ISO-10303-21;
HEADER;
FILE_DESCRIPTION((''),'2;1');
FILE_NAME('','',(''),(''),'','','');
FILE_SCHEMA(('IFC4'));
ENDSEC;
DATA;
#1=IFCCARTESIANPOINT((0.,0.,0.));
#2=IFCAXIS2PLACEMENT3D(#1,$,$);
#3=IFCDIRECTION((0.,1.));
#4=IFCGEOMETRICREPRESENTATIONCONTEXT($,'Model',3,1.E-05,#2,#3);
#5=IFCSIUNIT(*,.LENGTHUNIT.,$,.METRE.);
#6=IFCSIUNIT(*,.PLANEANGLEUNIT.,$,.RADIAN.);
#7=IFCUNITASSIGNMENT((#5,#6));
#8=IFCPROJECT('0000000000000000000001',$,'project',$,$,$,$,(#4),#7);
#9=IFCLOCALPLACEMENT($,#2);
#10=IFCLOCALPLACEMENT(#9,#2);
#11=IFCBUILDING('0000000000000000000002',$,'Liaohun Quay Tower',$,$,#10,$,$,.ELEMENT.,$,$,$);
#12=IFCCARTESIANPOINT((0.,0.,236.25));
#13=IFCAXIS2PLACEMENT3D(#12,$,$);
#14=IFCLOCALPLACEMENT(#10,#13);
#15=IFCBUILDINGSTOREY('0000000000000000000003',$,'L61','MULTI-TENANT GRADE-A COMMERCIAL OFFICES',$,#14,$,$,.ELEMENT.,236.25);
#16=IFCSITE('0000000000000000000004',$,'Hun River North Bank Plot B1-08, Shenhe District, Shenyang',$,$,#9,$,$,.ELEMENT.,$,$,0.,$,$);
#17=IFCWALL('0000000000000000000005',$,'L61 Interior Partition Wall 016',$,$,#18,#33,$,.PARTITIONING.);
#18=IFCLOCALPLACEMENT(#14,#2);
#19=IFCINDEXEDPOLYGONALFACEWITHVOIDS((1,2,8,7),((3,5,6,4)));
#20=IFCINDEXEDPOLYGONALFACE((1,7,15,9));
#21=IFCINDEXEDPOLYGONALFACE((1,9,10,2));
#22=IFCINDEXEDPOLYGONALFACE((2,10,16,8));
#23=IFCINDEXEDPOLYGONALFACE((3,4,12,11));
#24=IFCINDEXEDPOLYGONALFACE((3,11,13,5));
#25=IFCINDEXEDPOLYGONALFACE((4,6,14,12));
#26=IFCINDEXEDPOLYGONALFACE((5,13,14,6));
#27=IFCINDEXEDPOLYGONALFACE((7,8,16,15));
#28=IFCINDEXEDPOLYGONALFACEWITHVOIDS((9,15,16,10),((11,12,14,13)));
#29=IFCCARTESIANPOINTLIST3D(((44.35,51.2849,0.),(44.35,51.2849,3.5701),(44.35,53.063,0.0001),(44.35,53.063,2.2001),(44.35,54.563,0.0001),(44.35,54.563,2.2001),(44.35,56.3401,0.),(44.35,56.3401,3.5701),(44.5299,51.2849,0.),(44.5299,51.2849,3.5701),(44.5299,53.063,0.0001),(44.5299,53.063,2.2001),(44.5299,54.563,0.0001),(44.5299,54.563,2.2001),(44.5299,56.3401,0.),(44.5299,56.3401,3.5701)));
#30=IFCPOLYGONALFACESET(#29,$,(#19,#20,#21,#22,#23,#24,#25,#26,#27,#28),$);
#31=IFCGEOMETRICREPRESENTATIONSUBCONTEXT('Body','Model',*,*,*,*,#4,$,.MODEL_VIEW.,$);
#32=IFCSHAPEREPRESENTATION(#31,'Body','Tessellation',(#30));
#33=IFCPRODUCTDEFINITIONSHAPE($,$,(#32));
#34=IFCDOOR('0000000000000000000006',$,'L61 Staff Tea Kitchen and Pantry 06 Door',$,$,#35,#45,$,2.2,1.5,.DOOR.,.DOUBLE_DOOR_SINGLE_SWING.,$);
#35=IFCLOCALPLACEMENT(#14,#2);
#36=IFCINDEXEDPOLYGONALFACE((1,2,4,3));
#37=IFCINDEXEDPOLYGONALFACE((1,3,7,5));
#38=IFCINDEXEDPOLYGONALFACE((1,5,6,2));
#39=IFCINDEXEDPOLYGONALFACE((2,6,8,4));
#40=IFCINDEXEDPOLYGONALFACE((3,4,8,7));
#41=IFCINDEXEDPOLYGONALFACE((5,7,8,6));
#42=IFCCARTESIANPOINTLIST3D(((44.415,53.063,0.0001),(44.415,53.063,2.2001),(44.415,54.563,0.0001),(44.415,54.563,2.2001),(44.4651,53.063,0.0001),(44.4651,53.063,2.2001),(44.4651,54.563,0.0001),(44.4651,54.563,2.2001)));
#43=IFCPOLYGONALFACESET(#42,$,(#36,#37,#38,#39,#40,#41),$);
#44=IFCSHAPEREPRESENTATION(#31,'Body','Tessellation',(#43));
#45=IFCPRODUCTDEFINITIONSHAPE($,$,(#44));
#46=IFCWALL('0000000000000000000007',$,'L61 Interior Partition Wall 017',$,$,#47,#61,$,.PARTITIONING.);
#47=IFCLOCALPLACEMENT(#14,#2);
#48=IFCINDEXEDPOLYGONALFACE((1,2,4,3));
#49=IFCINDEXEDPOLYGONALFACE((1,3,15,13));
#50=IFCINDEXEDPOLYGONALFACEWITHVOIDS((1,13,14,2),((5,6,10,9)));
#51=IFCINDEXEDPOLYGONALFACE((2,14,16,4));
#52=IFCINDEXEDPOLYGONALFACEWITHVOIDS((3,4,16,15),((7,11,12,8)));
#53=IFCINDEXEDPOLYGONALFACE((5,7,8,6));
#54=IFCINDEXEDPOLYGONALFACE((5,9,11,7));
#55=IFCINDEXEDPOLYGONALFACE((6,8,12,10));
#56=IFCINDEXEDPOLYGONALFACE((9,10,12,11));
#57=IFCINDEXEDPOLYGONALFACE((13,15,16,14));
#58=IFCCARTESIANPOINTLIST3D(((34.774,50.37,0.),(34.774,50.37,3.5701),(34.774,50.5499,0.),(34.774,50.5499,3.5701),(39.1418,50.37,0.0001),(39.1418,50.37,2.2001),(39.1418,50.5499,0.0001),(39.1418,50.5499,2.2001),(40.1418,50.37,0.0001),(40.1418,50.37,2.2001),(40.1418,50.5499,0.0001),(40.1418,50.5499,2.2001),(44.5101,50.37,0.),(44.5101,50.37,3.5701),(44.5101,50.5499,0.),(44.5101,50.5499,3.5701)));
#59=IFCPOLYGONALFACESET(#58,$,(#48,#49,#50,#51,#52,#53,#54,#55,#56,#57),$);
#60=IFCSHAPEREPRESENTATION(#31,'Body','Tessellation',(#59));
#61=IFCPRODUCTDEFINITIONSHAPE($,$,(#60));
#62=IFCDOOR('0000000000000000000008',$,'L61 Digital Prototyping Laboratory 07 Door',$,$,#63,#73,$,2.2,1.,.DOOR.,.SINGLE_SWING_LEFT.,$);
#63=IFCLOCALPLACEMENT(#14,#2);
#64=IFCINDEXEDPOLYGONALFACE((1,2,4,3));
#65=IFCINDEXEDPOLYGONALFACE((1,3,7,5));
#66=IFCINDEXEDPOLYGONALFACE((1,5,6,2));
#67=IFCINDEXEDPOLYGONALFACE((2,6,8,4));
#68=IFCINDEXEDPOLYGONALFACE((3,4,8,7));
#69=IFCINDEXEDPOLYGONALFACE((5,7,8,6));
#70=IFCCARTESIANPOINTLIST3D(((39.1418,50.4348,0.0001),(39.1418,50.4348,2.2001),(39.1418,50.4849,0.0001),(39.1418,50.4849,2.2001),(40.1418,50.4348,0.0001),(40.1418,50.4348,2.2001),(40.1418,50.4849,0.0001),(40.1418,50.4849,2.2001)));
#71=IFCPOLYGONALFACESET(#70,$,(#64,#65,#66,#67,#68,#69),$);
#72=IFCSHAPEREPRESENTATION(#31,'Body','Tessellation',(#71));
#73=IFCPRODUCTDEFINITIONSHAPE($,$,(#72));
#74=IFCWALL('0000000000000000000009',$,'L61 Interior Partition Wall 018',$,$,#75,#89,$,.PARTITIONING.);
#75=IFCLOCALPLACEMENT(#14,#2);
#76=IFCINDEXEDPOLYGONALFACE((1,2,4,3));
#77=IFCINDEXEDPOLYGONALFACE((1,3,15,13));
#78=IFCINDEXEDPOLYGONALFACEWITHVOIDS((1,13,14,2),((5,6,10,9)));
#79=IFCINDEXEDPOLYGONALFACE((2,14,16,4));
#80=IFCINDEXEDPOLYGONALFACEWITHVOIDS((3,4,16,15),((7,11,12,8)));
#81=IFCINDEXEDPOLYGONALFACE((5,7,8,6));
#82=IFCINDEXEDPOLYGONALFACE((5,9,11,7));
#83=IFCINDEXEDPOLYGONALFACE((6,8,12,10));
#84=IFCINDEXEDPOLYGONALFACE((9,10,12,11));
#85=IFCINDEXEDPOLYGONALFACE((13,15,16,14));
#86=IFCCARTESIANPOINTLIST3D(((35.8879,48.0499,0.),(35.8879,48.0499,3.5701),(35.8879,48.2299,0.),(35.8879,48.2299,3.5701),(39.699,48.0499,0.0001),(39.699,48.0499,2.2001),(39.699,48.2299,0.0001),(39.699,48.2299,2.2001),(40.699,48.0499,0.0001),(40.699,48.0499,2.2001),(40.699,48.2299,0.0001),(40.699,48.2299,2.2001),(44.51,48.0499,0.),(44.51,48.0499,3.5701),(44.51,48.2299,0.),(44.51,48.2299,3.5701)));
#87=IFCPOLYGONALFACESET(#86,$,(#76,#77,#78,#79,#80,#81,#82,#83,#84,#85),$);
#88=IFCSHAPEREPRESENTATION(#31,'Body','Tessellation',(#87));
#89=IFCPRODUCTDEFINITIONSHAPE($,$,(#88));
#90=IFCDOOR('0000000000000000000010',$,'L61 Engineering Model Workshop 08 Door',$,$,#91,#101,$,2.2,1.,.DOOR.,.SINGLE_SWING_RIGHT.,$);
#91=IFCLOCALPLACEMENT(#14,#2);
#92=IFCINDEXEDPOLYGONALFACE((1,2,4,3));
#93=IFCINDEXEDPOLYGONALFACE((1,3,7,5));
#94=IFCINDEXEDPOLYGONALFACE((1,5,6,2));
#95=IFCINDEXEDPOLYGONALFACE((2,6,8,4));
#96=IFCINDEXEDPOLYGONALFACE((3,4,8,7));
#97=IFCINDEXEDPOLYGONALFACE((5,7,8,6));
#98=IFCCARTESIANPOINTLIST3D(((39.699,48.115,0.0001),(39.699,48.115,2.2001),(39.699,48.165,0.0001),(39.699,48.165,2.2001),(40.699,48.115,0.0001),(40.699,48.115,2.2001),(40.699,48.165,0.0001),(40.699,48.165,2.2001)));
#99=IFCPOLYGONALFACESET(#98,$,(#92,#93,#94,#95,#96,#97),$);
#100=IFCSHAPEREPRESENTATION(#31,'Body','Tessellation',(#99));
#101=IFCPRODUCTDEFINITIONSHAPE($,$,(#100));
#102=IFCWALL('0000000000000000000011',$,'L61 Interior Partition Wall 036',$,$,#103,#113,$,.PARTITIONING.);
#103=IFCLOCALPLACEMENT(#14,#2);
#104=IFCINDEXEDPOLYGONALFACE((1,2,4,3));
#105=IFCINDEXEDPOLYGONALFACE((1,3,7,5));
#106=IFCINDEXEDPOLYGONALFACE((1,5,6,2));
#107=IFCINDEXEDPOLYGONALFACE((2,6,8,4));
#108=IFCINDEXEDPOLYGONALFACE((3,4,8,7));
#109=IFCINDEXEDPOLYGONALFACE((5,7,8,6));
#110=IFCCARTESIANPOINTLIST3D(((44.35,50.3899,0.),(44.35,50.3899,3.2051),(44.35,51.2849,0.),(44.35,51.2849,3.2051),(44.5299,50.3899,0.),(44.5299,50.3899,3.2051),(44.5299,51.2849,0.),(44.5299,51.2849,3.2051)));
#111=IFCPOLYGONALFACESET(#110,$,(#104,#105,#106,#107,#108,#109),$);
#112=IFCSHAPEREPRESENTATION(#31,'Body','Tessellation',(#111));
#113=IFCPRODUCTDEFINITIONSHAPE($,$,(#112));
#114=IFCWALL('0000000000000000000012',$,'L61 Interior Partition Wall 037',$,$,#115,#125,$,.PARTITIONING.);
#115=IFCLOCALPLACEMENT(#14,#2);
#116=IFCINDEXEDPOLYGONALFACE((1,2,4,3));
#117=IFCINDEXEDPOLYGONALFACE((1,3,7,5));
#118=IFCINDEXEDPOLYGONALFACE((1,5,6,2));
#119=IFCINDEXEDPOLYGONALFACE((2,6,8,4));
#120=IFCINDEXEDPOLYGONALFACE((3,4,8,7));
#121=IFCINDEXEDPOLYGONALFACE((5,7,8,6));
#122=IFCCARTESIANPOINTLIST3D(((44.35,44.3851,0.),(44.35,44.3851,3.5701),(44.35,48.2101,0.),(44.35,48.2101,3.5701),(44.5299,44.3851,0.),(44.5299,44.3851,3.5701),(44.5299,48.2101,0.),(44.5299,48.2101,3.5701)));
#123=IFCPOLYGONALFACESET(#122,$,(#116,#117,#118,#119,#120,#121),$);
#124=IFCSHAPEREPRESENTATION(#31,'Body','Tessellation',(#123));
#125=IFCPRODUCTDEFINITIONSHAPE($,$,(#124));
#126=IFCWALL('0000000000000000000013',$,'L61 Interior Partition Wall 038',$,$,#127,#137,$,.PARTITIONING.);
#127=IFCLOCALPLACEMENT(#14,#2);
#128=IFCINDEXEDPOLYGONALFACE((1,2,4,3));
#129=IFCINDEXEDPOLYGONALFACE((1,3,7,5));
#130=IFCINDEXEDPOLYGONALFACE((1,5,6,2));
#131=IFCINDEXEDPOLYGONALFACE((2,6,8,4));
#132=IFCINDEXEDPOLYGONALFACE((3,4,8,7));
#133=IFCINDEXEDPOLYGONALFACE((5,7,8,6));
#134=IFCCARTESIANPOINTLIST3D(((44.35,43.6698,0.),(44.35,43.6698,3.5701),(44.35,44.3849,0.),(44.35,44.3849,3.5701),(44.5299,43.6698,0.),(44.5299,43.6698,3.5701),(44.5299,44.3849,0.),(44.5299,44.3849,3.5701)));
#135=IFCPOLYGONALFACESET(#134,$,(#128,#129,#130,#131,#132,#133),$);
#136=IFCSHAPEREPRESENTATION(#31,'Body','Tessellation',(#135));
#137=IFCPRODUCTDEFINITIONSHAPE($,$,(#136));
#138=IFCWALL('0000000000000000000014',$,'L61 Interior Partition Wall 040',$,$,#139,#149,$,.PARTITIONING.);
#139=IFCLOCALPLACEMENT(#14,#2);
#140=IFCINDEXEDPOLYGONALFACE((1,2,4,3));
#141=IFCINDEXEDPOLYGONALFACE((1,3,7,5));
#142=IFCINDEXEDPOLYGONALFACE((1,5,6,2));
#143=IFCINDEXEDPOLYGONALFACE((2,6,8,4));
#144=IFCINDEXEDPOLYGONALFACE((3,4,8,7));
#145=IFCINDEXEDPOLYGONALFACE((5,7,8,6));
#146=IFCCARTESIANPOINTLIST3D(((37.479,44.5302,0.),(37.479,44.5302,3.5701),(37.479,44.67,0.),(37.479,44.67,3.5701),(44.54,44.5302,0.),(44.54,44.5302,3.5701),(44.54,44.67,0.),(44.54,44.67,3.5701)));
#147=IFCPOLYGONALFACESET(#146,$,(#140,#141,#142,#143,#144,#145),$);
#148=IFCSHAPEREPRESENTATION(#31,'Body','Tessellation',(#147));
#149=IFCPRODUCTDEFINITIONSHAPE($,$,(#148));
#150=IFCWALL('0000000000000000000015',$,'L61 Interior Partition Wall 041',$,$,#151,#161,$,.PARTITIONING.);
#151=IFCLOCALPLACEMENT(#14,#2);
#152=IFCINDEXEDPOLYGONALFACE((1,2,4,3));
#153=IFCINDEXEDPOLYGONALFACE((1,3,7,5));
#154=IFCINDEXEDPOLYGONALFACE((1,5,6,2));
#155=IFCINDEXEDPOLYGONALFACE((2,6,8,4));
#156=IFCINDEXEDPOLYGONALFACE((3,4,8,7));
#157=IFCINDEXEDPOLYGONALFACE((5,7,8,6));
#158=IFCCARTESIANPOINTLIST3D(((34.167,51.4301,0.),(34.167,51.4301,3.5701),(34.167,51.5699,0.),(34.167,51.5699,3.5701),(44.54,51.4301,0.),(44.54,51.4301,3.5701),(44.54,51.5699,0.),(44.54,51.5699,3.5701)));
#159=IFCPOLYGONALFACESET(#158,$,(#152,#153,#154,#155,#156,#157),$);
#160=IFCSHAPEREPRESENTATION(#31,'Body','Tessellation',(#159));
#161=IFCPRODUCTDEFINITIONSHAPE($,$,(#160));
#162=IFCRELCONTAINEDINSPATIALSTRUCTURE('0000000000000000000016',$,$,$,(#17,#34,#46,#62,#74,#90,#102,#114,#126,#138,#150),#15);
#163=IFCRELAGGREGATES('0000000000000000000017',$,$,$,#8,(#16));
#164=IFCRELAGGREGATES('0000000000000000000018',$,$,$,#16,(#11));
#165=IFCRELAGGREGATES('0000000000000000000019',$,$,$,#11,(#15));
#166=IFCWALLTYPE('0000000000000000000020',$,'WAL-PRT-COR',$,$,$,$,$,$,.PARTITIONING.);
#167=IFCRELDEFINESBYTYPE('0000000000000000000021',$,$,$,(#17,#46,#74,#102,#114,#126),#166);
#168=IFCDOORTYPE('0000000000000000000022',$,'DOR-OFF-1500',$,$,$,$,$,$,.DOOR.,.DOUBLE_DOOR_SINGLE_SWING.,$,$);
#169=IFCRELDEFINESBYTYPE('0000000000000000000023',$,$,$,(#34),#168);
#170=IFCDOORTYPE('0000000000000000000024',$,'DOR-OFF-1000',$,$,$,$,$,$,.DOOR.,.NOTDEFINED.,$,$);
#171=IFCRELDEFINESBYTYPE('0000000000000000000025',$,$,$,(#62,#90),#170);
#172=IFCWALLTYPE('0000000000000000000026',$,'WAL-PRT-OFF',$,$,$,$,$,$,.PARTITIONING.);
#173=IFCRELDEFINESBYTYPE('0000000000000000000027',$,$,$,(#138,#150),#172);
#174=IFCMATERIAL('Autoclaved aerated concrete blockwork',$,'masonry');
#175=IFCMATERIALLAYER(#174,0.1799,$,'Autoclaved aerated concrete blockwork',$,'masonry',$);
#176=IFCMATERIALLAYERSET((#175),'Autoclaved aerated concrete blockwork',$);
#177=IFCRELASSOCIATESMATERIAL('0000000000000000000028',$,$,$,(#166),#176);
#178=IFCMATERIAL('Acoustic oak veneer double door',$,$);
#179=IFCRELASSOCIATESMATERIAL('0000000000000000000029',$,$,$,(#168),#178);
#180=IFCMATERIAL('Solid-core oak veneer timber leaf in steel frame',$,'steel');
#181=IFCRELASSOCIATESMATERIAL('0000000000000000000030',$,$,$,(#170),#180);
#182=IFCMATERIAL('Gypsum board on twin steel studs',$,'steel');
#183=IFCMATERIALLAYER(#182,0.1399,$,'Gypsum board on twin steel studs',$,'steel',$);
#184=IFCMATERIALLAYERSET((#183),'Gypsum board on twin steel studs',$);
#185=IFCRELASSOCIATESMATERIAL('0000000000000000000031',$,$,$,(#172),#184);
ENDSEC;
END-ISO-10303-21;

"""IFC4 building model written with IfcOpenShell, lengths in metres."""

from ifc_helpers import new_model, si_unit, direction, frame, frame_2d, origin, place, context, subcontext, project, spatial, rectangle, extrude, source, transform, mapped, material, layer, layer_set, type_object, element, fill, save


model = new_model("IFC4")

# Units and contexts
model_context = context("Model", 3, precision=1e-05, world=origin(), true_north=direction((0.0, 1.0)))
body_context = subcontext(model_context, "Body", "Model", "MODEL_VIEW")
ifc_project = project(units=[si_unit("LENGTHUNIT", "METRE"), si_unit("PLANEANGLEUNIT", "RADIAN")], contexts=[model_context])

# Site, building, storey
site_placement = place(None, origin())
site = spatial("IfcSite", under=ifc_project, at=site_placement, Name="Hun River North Bank Plot B1-08, Shenhe District, Shenyang", CompositionType="ELEMENT", RefElevation=0.0)
building_placement = place(site_placement, origin())
building = spatial("IfcBuilding", under=site, at=building_placement, Name="Liaohun Quay Tower", CompositionType="ELEMENT")
storey_placement = place(building_placement, frame((0.0, 0.0, 236.25)))
storey = spatial("IfcBuildingStorey", under=building, at=storey_placement, Name="L61", Description="MULTI-TENANT GRADE-A COMMERCIAL OFFICES", CompositionType="ELEMENT", Elevation=236.25)

# Walls, openings, doors
ifc_material_1 = material(Name="Autoclaved aerated concrete blockwork", Category="masonry")
ifc_layer_1 = layer(ifc_material_1, 0.1799, Name="Autoclaved aerated concrete blockwork", Category="masonry")
ifc_layer_set_1 = layer_set([ifc_layer_1], Name="Autoclaved aerated concrete blockwork")
wall_type_1 = type_object("IfcWallType", Name="WAL-PRT-COR", PredefinedType="PARTITIONING", material=ifc_layer_set_1)
wall_1_placement = place(storey_placement, frame((44.4399, 51.2849, 0.0), z_axis=(0.0, 0.0, 1.0), x_axis=(0.0, 1.0, 0.0)))
wall_1 = element("IfcWall", 1, at=wall_1_placement, inside=storey, type_object=wall_type_1, Name="L61 Interior Partition Wall 016", PredefinedType="PARTITIONING", context=body_context, shape_type="SweptSolid", body=[
    extrude(rectangle(XDim=5.0552, YDim=0.1799, at=frame_2d((2.5276, 0.0))), origin(), (0.0, 0.0, 1.0), 3.5701),
])
shared_shape_1 = source(origin(), body_context, "Body", "SweptSolid", [
    extrude(rectangle(XDim=1.5, YDim=2.2, at=frame_2d((0.75, 1.1001))), frame((0.0, 0.0999, 0.0), z_axis=(0.0, -1.0, 0.0), x_axis=(1.0, 0.0, 0.0)), (0.0, 0.0, 1.0), 0.2),
])
opening_1_placement = place(wall_1_placement, frame((1.7781, 0.0, 0.0)))
opening_1 = element("IfcOpeningElement", 2, at=opening_1_placement, cuts=wall_1, PredefinedType="OPENING", context=body_context, shape_type="MappedRepresentation", body=[
    mapped(shared_shape_1, transform((0.0, 0.0, 0.0), x_axis=(1.0, 0.0, 0.0), y_axis=(0.0, 1.0, 0.0), z_axis=(0.0, 0.0, 1.0), scale=1.0)),
])
ifc_material_2 = material(Name="Acoustic oak veneer double door")
door_type_1 = type_object("IfcDoorType", Name="DOR-OFF-1500", OperationType="DOUBLE_DOOR_SINGLE_SWING", PredefinedType="DOOR", material=ifc_material_2)
shared_shape_2 = source(origin(), body_context, "Body", "SweptSolid", [
    extrude(rectangle(XDim=1.5, YDim=2.2, at=frame_2d((0.75, 1.1001))), frame((0.0, 0.0249, 0.0), z_axis=(0.0, -1.0, 0.0), x_axis=(1.0, 0.0, 0.0)), (0.0, 0.0, 1.0), 0.05),
])
door_1_placement = place(opening_1_placement, origin())
door_1 = element("IfcDoor", 3, at=door_1_placement, inside=storey, type_object=door_type_1, Name="L61 Staff Tea Kitchen and Pantry 06 Door", OperationType="DOUBLE_DOOR_SINGLE_SWING", OverallHeight=2.2, OverallWidth=1.5, PredefinedType="DOOR", context=body_context, shape_type="MappedRepresentation", body=[
    mapped(shared_shape_2, transform((0.0, 0.0, 0.0), x_axis=(1.0, 0.0, 0.0), y_axis=(0.0, 1.0, 0.0), z_axis=(0.0, 0.0, 1.0), scale=1.0)),
])
fill(opening_1, door_1)
wall_2_placement = place(storey_placement, frame((34.7739, 50.46, 0.0), z_axis=(0.0, 0.0, 1.0), x_axis=(1.0, 0.0, 0.0)))
wall_2 = element("IfcWall", 4, at=wall_2_placement, inside=storey, type_object=wall_type_1, Name="L61 Interior Partition Wall 017", PredefinedType="PARTITIONING", context=body_context, shape_type="SweptSolid", body=[
    extrude(rectangle(XDim=9.7361, YDim=0.1799, at=frame_2d((4.8682, 0.0))), origin(), (0.0, 0.0, 1.0), 3.5701),
])
shared_shape_3 = source(origin(), body_context, "Body", "SweptSolid", [
    extrude(rectangle(XDim=1.0, YDim=2.2, at=frame_2d((0.5, 1.1001))), frame((0.0, 0.0999, 0.0), z_axis=(0.0, -1.0, 0.0), x_axis=(1.0, 0.0, 0.0)), (0.0, 0.0, 1.0), 0.2),
])
opening_2_placement = place(wall_2_placement, frame((4.3679, 0.0, 0.0)))
opening_2 = element("IfcOpeningElement", 5, at=opening_2_placement, cuts=wall_2, PredefinedType="OPENING", context=body_context, shape_type="MappedRepresentation", body=[
    mapped(shared_shape_3, transform((0.0, 0.0, 0.0), x_axis=(1.0, 0.0, 0.0), y_axis=(0.0, 1.0, 0.0), z_axis=(0.0, 0.0, 1.0), scale=1.0)),
])
ifc_material_3 = material(Name="Solid-core oak veneer timber leaf in steel frame", Category="steel")
door_type_2 = type_object("IfcDoorType", Name="DOR-OFF-1000", OperationType="NOTDEFINED", PredefinedType="DOOR", material=ifc_material_3)
shared_shape_4 = source(origin(), body_context, "Body", "SweptSolid", [
    extrude(rectangle(XDim=1.0, YDim=2.2, at=frame_2d((0.5, 1.1001))), frame((0.0, 0.0249, 0.0), z_axis=(0.0, -1.0, 0.0), x_axis=(1.0, 0.0, 0.0)), (0.0, 0.0, 1.0), 0.05),
])
door_2_placement = place(opening_2_placement, origin())
door_2 = element("IfcDoor", 6, at=door_2_placement, inside=storey, type_object=door_type_2, Name="L61 Digital Prototyping Laboratory 07 Door", OperationType="SINGLE_SWING_LEFT", OverallHeight=2.2, OverallWidth=1.0, PredefinedType="DOOR", context=body_context, shape_type="MappedRepresentation", body=[
    mapped(shared_shape_4, transform((0.0, 0.0, 0.0), x_axis=(1.0, 0.0, 0.0), y_axis=(0.0, 1.0, 0.0), z_axis=(0.0, 0.0, 1.0), scale=1.0)),
])
fill(opening_2, door_2)
wall_3_placement = place(storey_placement, frame((44.51, 48.1399, 0.0), z_axis=(0.0, 0.0, 1.0), x_axis=(-1.0, 0.0, 0.0)))
wall_3 = element("IfcWall", 7, at=wall_3_placement, inside=storey, type_object=wall_type_1, Name="L61 Interior Partition Wall 018", PredefinedType="PARTITIONING", context=body_context, shape_type="SweptSolid", body=[
    extrude(rectangle(XDim=8.6221, YDim=0.1799, at=frame_2d((4.311, 0.0))), origin(), (0.0, 0.0, 1.0), 3.5701),
])
opening_3_placement = place(wall_3_placement, frame((3.811, 0.0, 0.0)))
opening_3 = element("IfcOpeningElement", 8, at=opening_3_placement, cuts=wall_3, PredefinedType="OPENING", context=body_context, shape_type="MappedRepresentation", body=[
    mapped(shared_shape_3, transform((0.0, 0.0, 0.0), x_axis=(1.0, 0.0, 0.0), y_axis=(0.0, 1.0, 0.0), z_axis=(0.0, 0.0, 1.0), scale=1.0)),
])
door_3_placement = place(opening_3_placement, origin())
door_3 = element("IfcDoor", 9, at=door_3_placement, inside=storey, type_object=door_type_2, Name="L61 Engineering Model Workshop 08 Door", OperationType="SINGLE_SWING_RIGHT", OverallHeight=2.2, OverallWidth=1.0, PredefinedType="DOOR", context=body_context, shape_type="MappedRepresentation", body=[
    mapped(shared_shape_4, transform((0.0, 0.0, 0.0), x_axis=(1.0, 0.0, 0.0), y_axis=(0.0, 1.0, 0.0), z_axis=(0.0, 0.0, 1.0), scale=1.0)),
])
fill(opening_3, door_3)

# Walls
wall_4_placement = place(storey_placement, frame((44.4399, 50.3899, 0.0), z_axis=(0.0, 0.0, 1.0), x_axis=(0.0, 1.0, 0.0)))
element("IfcWall", 10, at=wall_4_placement, inside=storey, type_object=wall_type_1, Name="L61 Interior Partition Wall 036", PredefinedType="PARTITIONING", context=body_context, shape_type="SweptSolid", body=[
    extrude(rectangle(XDim=0.895, YDim=0.1799, at=frame_2d((0.4475, 0.0))), origin(), (0.0, 0.0, 1.0), 3.2051),
])
wall_5_placement = place(storey_placement, frame((44.4399, 44.385, 0.0), z_axis=(0.0, 0.0, 1.0), x_axis=(0.0, 1.0, 0.0)))
element("IfcWall", 11, at=wall_5_placement, inside=storey, type_object=wall_type_1, Name="L61 Interior Partition Wall 037", PredefinedType="PARTITIONING", context=body_context, shape_type="SweptSolid", body=[
    extrude(rectangle(XDim=3.825, YDim=0.1799, at=frame_2d((1.9126, 0.0))), origin(), (0.0, 0.0, 1.0), 3.5701),
])
wall_6_placement = place(storey_placement, frame((44.4399, 43.6699, 0.0), z_axis=(0.0, 0.0, 1.0), x_axis=(0.0, 1.0, 0.0)))
element("IfcWall", 12, at=wall_6_placement, inside=storey, type_object=wall_type_1, Name="L61 Interior Partition Wall 038", PredefinedType="PARTITIONING", context=body_context, shape_type="SweptSolid", body=[
    extrude(rectangle(XDim=0.7151, YDim=0.1799, at=frame_2d((0.3574, 0.0))), origin(), (0.0, 0.0, 1.0), 3.5701),
])
ifc_material_4 = material(Name="Gypsum board on twin steel studs", Category="steel")
ifc_layer_2 = layer(ifc_material_4, 0.1399, Name="Gypsum board on twin steel studs", Category="steel")
ifc_layer_set_2 = layer_set([ifc_layer_2], Name="Gypsum board on twin steel studs")
wall_type_2 = type_object("IfcWallType", Name="WAL-PRT-OFF", PredefinedType="PARTITIONING", material=ifc_layer_set_2)
wall_7_placement = place(storey_placement, frame((44.54, 44.6001, 0.0), z_axis=(0.0, 0.0, 1.0), x_axis=(-1.0, 0.0, 0.0)))
element("IfcWall", 13, at=wall_7_placement, inside=storey, type_object=wall_type_2, Name="L61 Interior Partition Wall 040", PredefinedType="PARTITIONING", context=body_context, shape_type="SweptSolid", body=[
    extrude(rectangle(XDim=7.061, YDim=0.1399, at=frame_2d((3.5305, 0.0))), origin(), (0.0, 0.0, 1.0), 3.5701),
])
wall_8_placement = place(storey_placement, frame((44.54, 51.5, 0.0), z_axis=(0.0, 0.0, 1.0), x_axis=(-1.0, 0.0, 0.0)))
element("IfcWall", 14, at=wall_8_placement, inside=storey, type_object=wall_type_2, Name="L61 Interior Partition Wall 041", PredefinedType="PARTITIONING", context=body_context, shape_type="SweptSolid", body=[
    extrude(rectangle(XDim=10.373, YDim=0.1399, at=frame_2d((5.1865, 0.0))), origin(), (0.0, 0.0, 1.0), 3.5701),
])

save(model, "model.ifc")
